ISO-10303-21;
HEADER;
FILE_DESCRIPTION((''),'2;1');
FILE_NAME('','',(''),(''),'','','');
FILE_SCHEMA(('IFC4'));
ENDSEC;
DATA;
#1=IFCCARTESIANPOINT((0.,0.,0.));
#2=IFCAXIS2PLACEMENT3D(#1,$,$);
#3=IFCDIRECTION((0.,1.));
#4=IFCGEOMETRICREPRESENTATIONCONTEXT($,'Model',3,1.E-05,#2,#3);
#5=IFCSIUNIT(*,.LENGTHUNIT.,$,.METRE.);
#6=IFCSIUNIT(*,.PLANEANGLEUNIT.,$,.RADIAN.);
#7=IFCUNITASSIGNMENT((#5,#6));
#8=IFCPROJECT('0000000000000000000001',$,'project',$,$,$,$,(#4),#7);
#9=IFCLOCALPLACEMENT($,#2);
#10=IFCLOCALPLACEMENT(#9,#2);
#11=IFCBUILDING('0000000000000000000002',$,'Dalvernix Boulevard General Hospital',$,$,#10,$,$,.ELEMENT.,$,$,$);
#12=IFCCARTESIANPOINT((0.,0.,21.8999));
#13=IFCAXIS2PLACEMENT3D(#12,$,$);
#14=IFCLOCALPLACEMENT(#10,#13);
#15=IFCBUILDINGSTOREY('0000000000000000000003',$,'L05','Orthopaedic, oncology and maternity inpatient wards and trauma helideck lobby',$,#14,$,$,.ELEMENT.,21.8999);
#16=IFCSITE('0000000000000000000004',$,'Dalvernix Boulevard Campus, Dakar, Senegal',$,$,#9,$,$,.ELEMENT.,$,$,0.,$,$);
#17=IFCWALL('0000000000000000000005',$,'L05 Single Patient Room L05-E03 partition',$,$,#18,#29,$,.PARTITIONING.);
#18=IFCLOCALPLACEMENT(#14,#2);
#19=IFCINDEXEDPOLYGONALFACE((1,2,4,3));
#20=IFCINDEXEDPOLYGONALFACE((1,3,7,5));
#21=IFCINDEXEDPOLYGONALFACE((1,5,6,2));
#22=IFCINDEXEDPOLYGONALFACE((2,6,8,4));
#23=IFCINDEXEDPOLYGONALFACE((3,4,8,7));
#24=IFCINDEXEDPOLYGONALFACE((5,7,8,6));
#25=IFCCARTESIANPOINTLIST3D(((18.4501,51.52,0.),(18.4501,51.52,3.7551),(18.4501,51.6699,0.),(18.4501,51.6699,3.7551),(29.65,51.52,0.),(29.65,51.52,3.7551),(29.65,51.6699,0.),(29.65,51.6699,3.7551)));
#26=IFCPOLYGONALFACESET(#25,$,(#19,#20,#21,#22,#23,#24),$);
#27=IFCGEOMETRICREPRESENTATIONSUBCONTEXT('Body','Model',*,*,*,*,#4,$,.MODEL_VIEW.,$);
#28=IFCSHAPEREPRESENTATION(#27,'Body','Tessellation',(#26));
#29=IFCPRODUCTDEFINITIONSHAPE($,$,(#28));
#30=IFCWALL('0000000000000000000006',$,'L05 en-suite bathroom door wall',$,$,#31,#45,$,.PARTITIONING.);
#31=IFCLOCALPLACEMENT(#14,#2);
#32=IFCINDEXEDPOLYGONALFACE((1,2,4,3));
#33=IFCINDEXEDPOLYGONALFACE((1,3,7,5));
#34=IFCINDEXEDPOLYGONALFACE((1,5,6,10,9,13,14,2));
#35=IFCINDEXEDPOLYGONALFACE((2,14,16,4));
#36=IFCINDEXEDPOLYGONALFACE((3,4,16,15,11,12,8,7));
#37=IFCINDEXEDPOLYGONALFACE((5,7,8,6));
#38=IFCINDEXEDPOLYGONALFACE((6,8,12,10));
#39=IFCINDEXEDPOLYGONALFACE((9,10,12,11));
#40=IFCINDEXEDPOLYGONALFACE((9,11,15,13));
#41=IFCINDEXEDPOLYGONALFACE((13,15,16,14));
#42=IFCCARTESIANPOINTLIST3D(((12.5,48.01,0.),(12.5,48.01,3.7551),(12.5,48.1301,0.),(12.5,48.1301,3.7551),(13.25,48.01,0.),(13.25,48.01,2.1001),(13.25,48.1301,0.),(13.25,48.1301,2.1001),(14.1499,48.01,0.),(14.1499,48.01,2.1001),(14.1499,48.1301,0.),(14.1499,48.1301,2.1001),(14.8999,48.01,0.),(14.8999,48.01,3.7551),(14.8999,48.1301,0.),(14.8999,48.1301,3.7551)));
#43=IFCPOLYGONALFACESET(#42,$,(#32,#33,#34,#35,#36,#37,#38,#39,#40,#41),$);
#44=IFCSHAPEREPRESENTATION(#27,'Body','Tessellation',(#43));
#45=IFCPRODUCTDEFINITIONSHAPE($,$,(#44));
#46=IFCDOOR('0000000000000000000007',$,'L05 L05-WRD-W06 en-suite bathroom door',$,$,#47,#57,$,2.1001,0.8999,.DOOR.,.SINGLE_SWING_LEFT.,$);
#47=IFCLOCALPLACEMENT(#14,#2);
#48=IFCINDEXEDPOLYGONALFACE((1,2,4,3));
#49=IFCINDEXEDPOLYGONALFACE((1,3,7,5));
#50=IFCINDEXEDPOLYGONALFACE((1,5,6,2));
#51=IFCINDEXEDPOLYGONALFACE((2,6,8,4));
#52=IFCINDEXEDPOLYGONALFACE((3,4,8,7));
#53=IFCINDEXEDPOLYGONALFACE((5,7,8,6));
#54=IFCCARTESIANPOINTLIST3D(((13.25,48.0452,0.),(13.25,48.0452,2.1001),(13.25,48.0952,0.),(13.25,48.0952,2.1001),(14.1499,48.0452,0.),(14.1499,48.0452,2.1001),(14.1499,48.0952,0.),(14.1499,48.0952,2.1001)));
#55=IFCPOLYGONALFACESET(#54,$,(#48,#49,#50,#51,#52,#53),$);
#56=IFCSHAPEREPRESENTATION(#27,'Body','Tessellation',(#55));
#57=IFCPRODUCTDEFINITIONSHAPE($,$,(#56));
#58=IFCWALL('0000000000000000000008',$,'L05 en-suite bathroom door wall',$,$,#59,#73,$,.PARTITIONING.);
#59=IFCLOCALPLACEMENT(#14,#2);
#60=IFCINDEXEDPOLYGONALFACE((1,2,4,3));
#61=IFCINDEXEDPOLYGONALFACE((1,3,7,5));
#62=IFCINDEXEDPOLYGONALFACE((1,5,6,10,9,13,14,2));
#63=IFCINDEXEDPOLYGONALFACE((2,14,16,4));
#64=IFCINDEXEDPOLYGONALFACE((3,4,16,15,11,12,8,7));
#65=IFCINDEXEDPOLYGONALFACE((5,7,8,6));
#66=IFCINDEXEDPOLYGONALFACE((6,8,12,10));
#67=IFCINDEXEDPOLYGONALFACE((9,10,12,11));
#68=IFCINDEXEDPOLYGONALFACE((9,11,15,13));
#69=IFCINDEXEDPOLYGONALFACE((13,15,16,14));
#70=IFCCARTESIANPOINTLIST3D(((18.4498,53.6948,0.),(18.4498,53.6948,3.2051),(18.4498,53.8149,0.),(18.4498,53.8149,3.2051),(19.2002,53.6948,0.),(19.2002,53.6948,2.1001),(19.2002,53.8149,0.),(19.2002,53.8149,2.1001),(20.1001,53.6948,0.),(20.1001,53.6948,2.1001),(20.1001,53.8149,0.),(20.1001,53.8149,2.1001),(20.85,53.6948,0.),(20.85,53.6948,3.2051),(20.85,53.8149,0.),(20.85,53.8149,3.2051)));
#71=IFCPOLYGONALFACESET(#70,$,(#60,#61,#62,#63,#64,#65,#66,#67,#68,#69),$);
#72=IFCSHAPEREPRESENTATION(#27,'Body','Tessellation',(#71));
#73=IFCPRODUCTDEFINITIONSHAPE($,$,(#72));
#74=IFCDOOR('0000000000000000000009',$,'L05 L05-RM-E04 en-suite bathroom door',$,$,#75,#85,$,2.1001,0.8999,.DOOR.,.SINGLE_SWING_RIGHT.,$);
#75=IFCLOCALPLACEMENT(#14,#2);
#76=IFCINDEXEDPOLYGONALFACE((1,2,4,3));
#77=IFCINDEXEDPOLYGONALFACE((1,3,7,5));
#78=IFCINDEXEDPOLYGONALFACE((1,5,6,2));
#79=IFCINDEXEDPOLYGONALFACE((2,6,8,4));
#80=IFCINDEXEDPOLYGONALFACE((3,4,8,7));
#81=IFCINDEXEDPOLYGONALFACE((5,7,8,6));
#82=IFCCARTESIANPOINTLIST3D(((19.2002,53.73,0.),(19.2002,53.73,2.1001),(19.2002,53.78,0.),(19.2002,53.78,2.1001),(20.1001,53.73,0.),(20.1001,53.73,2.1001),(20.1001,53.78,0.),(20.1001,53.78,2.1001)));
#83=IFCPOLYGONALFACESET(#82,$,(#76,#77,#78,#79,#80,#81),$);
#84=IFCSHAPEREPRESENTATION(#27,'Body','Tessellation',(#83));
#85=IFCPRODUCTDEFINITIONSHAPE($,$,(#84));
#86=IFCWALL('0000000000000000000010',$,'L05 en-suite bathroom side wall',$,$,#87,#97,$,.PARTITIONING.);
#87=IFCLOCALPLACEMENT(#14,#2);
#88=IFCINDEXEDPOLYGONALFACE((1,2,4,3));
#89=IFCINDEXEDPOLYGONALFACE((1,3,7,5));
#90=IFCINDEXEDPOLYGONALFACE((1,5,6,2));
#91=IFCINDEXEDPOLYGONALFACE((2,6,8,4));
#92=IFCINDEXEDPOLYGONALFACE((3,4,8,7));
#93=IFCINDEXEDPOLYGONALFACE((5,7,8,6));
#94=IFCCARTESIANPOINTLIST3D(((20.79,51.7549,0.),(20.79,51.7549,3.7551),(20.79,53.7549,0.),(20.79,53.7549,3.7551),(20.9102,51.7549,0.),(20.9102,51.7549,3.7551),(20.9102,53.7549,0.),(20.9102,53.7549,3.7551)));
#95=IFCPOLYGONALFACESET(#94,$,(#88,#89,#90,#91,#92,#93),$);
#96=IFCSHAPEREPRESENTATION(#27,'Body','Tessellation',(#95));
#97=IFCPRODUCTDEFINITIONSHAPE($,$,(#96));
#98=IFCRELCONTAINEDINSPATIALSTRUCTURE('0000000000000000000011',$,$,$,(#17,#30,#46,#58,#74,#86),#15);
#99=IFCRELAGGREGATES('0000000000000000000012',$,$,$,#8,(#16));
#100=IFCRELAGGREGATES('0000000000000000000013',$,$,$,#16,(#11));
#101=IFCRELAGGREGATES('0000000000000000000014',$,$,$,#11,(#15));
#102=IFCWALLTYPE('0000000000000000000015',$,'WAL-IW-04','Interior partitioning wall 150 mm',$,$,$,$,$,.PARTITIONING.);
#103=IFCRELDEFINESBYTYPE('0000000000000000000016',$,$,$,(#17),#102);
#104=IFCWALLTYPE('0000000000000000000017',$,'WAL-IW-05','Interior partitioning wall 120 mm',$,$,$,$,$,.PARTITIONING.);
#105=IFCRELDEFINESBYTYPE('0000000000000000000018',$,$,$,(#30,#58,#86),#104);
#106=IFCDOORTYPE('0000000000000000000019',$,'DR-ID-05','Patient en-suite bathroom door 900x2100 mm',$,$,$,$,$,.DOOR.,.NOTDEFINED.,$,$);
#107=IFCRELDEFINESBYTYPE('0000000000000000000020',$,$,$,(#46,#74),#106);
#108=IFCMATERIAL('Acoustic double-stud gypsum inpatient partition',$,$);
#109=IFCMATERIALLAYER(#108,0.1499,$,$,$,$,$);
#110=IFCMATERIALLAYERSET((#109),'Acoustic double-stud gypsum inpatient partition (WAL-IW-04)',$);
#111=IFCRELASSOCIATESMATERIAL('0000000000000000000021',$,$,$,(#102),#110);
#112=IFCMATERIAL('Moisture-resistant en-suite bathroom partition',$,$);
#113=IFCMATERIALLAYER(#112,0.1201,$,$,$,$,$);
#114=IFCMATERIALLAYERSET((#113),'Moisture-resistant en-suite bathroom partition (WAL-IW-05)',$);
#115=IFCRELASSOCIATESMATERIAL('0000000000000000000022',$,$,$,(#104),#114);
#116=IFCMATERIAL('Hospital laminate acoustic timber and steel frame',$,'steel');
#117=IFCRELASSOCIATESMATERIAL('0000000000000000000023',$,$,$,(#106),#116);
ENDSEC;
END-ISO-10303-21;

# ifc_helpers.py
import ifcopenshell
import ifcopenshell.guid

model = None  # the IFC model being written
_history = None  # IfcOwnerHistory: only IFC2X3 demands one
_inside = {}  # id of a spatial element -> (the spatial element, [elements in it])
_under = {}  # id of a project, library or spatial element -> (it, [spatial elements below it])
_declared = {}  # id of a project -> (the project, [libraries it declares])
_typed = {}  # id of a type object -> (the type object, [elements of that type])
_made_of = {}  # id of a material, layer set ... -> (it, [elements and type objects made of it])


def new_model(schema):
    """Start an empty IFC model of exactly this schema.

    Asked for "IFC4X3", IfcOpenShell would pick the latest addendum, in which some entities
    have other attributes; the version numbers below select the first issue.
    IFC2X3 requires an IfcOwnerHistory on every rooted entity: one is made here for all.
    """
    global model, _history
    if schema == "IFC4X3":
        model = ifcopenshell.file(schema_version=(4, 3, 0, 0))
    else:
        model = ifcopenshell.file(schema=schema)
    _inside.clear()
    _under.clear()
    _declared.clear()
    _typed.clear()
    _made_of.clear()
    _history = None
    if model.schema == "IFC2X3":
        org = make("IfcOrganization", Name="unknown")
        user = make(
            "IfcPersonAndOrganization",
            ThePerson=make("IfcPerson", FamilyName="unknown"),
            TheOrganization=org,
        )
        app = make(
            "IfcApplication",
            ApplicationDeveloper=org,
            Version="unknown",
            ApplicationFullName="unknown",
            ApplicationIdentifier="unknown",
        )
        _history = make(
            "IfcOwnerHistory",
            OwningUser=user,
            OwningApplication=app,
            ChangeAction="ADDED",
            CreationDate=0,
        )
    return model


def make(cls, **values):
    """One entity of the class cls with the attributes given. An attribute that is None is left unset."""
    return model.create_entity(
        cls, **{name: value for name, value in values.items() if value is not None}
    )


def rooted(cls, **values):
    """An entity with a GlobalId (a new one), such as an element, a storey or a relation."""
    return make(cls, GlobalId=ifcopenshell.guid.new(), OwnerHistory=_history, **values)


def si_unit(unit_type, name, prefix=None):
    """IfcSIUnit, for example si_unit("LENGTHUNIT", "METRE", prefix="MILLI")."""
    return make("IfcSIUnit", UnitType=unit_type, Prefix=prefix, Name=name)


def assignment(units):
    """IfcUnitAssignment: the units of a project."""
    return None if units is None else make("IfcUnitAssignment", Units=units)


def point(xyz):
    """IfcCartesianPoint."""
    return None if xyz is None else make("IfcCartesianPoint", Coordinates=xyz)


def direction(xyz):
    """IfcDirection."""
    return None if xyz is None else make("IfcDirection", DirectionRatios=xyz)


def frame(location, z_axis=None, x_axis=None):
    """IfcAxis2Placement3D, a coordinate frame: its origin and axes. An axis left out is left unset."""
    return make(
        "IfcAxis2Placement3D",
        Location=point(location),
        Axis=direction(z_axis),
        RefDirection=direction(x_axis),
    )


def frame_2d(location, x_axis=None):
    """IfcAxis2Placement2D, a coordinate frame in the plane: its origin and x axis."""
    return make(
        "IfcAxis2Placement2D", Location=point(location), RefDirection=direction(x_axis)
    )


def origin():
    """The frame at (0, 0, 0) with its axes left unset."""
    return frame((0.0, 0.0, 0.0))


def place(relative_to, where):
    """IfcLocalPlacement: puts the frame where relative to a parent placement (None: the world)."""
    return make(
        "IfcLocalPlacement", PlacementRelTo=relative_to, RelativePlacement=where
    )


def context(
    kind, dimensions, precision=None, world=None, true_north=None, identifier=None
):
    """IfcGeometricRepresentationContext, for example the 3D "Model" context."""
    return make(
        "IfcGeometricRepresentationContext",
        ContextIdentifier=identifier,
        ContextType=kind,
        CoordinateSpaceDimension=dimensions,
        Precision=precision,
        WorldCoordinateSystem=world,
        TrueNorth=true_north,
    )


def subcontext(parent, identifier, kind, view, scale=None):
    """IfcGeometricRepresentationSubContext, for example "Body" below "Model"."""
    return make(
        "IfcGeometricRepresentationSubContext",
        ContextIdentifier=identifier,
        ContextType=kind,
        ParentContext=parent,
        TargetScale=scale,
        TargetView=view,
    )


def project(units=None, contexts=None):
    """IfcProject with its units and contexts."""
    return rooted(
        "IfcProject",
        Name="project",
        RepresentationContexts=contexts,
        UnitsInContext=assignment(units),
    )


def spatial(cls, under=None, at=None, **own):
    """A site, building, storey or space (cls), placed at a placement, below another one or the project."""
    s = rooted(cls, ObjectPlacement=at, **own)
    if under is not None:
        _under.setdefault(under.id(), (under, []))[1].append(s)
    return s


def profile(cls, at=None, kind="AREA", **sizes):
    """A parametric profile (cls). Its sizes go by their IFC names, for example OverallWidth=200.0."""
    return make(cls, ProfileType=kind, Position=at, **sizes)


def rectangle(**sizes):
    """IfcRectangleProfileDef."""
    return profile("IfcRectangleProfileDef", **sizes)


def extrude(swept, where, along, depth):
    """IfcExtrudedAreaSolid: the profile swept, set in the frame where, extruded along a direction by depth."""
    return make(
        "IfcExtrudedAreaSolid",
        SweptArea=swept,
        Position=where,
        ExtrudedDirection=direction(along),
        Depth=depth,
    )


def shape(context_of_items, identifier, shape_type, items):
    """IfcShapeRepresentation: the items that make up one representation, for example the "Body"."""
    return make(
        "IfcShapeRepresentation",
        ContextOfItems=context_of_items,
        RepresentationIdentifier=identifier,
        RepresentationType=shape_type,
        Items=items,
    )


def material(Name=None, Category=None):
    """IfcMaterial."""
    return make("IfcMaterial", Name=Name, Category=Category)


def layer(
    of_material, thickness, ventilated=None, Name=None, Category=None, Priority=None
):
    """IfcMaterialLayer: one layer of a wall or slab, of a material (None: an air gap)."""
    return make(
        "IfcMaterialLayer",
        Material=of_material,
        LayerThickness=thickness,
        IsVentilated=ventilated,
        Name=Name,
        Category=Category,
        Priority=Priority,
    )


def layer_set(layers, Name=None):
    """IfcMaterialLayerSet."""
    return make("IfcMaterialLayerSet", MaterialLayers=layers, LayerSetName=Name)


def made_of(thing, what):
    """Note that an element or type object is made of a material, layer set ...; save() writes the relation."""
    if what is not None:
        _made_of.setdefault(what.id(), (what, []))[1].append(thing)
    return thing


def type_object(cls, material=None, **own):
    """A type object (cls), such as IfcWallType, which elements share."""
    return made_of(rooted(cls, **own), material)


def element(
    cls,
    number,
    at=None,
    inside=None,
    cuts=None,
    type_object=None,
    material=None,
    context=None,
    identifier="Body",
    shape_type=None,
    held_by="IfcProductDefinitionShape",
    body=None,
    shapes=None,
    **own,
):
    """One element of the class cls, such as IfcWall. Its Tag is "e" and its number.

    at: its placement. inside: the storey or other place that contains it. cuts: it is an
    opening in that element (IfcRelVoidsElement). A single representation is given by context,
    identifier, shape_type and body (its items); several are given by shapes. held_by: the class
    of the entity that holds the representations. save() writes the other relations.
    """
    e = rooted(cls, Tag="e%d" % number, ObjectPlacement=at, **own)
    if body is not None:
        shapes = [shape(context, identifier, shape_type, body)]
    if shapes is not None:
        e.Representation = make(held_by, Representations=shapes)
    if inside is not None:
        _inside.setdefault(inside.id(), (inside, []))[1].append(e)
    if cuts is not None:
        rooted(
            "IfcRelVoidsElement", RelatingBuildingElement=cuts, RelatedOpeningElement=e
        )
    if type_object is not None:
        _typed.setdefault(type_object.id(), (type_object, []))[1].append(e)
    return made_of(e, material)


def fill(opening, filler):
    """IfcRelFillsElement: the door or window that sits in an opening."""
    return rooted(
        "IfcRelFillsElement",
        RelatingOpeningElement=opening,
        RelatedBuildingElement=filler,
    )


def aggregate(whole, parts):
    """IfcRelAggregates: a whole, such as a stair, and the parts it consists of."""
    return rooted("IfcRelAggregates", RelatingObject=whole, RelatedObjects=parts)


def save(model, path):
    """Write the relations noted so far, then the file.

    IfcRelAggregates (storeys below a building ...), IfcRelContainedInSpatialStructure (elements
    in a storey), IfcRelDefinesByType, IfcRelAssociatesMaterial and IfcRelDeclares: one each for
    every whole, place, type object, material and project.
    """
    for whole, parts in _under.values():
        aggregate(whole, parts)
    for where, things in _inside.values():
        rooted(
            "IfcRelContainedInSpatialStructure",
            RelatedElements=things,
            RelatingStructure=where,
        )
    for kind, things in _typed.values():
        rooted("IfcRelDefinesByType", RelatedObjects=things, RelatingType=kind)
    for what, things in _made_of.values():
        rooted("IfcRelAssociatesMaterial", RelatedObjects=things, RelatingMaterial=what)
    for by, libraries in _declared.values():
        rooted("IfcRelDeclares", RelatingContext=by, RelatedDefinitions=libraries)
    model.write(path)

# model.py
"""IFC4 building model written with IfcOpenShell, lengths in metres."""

from ifc_helpers import new_model, si_unit, direction, frame, frame_2d, origin, place, context, subcontext, project, spatial, rectangle, extrude, material, layer, layer_set, type_object, element, fill, save


model = new_model("IFC4")

# Units and contexts
model_context = context("Model", 3, precision=1e-05, world=origin(), true_north=direction((0.0, 1.0)))
body_context = subcontext(model_context, "Body", "Model", "MODEL_VIEW")
ifc_project = project(units=[si_unit("LENGTHUNIT", "METRE"), si_unit("PLANEANGLEUNIT", "RADIAN")], contexts=[model_context])

# Site, building, storey
site_placement = place(None, origin())
site = spatial("IfcSite", under=ifc_project, at=site_placement, Name="Dalvernix Boulevard Campus, Dakar, Senegal", CompositionType="ELEMENT", RefElevation=0.0)
building_placement = place(site_placement, origin())
building = spatial("IfcBuilding", under=site, at=building_placement, Name="Dalvernix Boulevard General Hospital", CompositionType="ELEMENT")
storey_placement = place(building_placement, frame((0.0, 0.0, 21.8999)))
storey = spatial("IfcBuildingStorey", under=building, at=storey_placement, Name="L05", Description="Orthopaedic, oncology and maternity inpatient wards and trauma helideck lobby", CompositionType="ELEMENT", Elevation=21.8999)

# Shared definitions
ifc_material_1 = material(Name="Hospital laminate acoustic timber and steel frame", Category="steel")
ifc_material_2 = material(Name="Acoustic double-stud gypsum inpatient partition")
ifc_layer_1 = layer(ifc_material_2, 0.1499)
ifc_layer_set_1 = layer_set([ifc_layer_1], Name="Acoustic double-stud gypsum inpatient partition (WAL-IW-04)")
wall_type_1 = type_object("IfcWallType", Name="WAL-IW-04", Description="Interior partitioning wall 150 mm", PredefinedType="PARTITIONING", material=ifc_layer_set_1)

# Wall
wall_1_placement = place(storey_placement, frame((18.45, 51.595, 0.0), z_axis=(0.0, 0.0, 1.0), x_axis=(1.0, 0.0, 0.0)))
element("IfcWall", 1, at=wall_1_placement, inside=storey, type_object=wall_type_1, Name="L05 Single Patient Room L05-E03 partition", PredefinedType="PARTITIONING", context=body_context, shape_type="SweptSolid", body=[
    extrude(rectangle(XDim=11.2, YDim=0.1499, at=frame_2d((5.6001, 0.0))), origin(), (0.0, 0.0, 1.0), 3.7551),
])

# Walls, openings, doors
ifc_material_3 = material(Name="Moisture-resistant en-suite bathroom partition")
ifc_layer_2 = layer(ifc_material_3, 0.1201)
ifc_layer_set_2 = layer_set([ifc_layer_2], Name="Moisture-resistant en-suite bathroom partition (WAL-IW-05)")
wall_type_2 = type_object("IfcWallType", Name="WAL-IW-05", Description="Interior partitioning wall 120 mm", PredefinedType="PARTITIONING", material=ifc_layer_set_2)
wall_2_placement = place(storey_placement, frame((14.8999, 48.0701, 0.0), z_axis=(0.0, 0.0, 1.0), x_axis=(-1.0, 0.0, 0.0)))
wall_2 = element("IfcWall", 2, at=wall_2_placement, inside=storey, type_object=wall_type_2, Name="L05 en-suite bathroom door wall", PredefinedType="PARTITIONING", context=body_context, shape_type="SweptSolid", body=[
    extrude(rectangle(XDim=2.3999, YDim=0.1201, at=frame_2d((1.2, 0.0))), origin(), (0.0, 0.0, 1.0), 3.7551),
])
opening_1_placement = place(wall_2_placement, frame((0.75, 0.0, 0.0)))
opening_1 = element("IfcOpeningElement", 3, at=opening_1_placement, cuts=wall_2, PredefinedType="OPENING", context=body_context, shape_type="SweptSolid", body=[
    extrude(rectangle(XDim=0.8999, YDim=2.1001, at=frame_2d((0.45, 1.05))), frame((0.0, 0.0701, 0.0), z_axis=(0.0, -1.0, 0.0), x_axis=(1.0, 0.0, 0.0)), (0.0, 0.0, 1.0), 0.1401),
])
door_type_1 = type_object("IfcDoorType", Name="DR-ID-05", Description="Patient en-suite bathroom door 900x2100 mm", OperationType="NOTDEFINED", PredefinedType="DOOR", material=ifc_material_1)
door_1_placement = place(opening_1_placement, origin())
door_1 = element("IfcDoor", 4, at=door_1_placement, inside=storey, type_object=door_type_1, Name="L05 L05-WRD-W06 en-suite bathroom door", OperationType="SINGLE_SWING_LEFT", OverallHeight=2.1001, OverallWidth=0.8999, PredefinedType="DOOR", context=body_context, shape_type="SweptSolid", body=[
    extrude(rectangle(XDim=0.8999, YDim=2.1001, at=frame_2d((0.45, 1.05))), frame((0.0, 0.0249, 0.0), z_axis=(0.0, -1.0, 0.0), x_axis=(1.0, 0.0, 0.0)), (0.0, 0.0, 1.0), 0.05),
])
fill(opening_1, door_1)
wall_3_placement = place(storey_placement, frame((20.8501, 53.7549, 0.0), z_axis=(0.0, 0.0, 1.0), x_axis=(-1.0, 0.0, 0.0)))
wall_3 = element("IfcWall", 5, at=wall_3_placement, inside=storey, type_object=wall_type_2, Name="L05 en-suite bathroom door wall", PredefinedType="PARTITIONING", context=body_context, shape_type="SweptSolid", body=[
    extrude(rectangle(XDim=2.4001, YDim=0.1201, at=frame_2d((1.2002, 0.0))), origin(), (0.0, 0.0, 1.0), 3.2051),
])
opening_2_placement = place(wall_3_placement, frame((0.75, 0.0, 0.0)))
opening_2 = element("IfcOpeningElement", 6, at=opening_2_placement, cuts=wall_3, PredefinedType="OPENING", context=body_context, shape_type="SweptSolid", body=[
    extrude(rectangle(XDim=0.8999, YDim=2.1001, at=frame_2d((0.45, 1.05))), frame((0.0, 0.0701, 0.0), z_axis=(0.0, -1.0, 0.0), x_axis=(1.0, 0.0, 0.0)), (0.0, 0.0, 1.0), 0.1401),
])
door_2_placement = place(opening_2_placement, origin())
door_2 = element("IfcDoor", 7, at=door_2_placement, inside=storey, type_object=door_type_1, Name="L05 L05-RM-E04 en-suite bathroom door", OperationType="SINGLE_SWING_RIGHT", OverallHeight=2.1001, OverallWidth=0.8999, PredefinedType="DOOR", context=body_context, shape_type="SweptSolid", body=[
    extrude(rectangle(XDim=0.8999, YDim=2.1001, at=frame_2d((0.45, 1.05))), frame((0.0, 0.0249, 0.0), z_axis=(0.0, -1.0, 0.0), x_axis=(1.0, 0.0, 0.0)), (0.0, 0.0, 1.0), 0.05),
])
fill(opening_2, door_2)

# Wall
wall_4_placement = place(storey_placement, frame((20.8501, 51.7549, 0.0), z_axis=(0.0, 0.0, 1.0), x_axis=(0.0, 1.0, 0.0)))
element("IfcWall", 8, at=wall_4_placement, inside=storey, type_object=wall_type_2, Name="L05 en-suite bathroom side wall", PredefinedType="PARTITIONING", context=body_context, shape_type="SweptSolid", body=[
    extrude(rectangle(XDim=2.0, YDim=0.1201, at=frame_2d((1.0, 0.0))), origin(), (0.0, 0.0, 1.0), 3.7551),
])

save(model, "model.ifc")
